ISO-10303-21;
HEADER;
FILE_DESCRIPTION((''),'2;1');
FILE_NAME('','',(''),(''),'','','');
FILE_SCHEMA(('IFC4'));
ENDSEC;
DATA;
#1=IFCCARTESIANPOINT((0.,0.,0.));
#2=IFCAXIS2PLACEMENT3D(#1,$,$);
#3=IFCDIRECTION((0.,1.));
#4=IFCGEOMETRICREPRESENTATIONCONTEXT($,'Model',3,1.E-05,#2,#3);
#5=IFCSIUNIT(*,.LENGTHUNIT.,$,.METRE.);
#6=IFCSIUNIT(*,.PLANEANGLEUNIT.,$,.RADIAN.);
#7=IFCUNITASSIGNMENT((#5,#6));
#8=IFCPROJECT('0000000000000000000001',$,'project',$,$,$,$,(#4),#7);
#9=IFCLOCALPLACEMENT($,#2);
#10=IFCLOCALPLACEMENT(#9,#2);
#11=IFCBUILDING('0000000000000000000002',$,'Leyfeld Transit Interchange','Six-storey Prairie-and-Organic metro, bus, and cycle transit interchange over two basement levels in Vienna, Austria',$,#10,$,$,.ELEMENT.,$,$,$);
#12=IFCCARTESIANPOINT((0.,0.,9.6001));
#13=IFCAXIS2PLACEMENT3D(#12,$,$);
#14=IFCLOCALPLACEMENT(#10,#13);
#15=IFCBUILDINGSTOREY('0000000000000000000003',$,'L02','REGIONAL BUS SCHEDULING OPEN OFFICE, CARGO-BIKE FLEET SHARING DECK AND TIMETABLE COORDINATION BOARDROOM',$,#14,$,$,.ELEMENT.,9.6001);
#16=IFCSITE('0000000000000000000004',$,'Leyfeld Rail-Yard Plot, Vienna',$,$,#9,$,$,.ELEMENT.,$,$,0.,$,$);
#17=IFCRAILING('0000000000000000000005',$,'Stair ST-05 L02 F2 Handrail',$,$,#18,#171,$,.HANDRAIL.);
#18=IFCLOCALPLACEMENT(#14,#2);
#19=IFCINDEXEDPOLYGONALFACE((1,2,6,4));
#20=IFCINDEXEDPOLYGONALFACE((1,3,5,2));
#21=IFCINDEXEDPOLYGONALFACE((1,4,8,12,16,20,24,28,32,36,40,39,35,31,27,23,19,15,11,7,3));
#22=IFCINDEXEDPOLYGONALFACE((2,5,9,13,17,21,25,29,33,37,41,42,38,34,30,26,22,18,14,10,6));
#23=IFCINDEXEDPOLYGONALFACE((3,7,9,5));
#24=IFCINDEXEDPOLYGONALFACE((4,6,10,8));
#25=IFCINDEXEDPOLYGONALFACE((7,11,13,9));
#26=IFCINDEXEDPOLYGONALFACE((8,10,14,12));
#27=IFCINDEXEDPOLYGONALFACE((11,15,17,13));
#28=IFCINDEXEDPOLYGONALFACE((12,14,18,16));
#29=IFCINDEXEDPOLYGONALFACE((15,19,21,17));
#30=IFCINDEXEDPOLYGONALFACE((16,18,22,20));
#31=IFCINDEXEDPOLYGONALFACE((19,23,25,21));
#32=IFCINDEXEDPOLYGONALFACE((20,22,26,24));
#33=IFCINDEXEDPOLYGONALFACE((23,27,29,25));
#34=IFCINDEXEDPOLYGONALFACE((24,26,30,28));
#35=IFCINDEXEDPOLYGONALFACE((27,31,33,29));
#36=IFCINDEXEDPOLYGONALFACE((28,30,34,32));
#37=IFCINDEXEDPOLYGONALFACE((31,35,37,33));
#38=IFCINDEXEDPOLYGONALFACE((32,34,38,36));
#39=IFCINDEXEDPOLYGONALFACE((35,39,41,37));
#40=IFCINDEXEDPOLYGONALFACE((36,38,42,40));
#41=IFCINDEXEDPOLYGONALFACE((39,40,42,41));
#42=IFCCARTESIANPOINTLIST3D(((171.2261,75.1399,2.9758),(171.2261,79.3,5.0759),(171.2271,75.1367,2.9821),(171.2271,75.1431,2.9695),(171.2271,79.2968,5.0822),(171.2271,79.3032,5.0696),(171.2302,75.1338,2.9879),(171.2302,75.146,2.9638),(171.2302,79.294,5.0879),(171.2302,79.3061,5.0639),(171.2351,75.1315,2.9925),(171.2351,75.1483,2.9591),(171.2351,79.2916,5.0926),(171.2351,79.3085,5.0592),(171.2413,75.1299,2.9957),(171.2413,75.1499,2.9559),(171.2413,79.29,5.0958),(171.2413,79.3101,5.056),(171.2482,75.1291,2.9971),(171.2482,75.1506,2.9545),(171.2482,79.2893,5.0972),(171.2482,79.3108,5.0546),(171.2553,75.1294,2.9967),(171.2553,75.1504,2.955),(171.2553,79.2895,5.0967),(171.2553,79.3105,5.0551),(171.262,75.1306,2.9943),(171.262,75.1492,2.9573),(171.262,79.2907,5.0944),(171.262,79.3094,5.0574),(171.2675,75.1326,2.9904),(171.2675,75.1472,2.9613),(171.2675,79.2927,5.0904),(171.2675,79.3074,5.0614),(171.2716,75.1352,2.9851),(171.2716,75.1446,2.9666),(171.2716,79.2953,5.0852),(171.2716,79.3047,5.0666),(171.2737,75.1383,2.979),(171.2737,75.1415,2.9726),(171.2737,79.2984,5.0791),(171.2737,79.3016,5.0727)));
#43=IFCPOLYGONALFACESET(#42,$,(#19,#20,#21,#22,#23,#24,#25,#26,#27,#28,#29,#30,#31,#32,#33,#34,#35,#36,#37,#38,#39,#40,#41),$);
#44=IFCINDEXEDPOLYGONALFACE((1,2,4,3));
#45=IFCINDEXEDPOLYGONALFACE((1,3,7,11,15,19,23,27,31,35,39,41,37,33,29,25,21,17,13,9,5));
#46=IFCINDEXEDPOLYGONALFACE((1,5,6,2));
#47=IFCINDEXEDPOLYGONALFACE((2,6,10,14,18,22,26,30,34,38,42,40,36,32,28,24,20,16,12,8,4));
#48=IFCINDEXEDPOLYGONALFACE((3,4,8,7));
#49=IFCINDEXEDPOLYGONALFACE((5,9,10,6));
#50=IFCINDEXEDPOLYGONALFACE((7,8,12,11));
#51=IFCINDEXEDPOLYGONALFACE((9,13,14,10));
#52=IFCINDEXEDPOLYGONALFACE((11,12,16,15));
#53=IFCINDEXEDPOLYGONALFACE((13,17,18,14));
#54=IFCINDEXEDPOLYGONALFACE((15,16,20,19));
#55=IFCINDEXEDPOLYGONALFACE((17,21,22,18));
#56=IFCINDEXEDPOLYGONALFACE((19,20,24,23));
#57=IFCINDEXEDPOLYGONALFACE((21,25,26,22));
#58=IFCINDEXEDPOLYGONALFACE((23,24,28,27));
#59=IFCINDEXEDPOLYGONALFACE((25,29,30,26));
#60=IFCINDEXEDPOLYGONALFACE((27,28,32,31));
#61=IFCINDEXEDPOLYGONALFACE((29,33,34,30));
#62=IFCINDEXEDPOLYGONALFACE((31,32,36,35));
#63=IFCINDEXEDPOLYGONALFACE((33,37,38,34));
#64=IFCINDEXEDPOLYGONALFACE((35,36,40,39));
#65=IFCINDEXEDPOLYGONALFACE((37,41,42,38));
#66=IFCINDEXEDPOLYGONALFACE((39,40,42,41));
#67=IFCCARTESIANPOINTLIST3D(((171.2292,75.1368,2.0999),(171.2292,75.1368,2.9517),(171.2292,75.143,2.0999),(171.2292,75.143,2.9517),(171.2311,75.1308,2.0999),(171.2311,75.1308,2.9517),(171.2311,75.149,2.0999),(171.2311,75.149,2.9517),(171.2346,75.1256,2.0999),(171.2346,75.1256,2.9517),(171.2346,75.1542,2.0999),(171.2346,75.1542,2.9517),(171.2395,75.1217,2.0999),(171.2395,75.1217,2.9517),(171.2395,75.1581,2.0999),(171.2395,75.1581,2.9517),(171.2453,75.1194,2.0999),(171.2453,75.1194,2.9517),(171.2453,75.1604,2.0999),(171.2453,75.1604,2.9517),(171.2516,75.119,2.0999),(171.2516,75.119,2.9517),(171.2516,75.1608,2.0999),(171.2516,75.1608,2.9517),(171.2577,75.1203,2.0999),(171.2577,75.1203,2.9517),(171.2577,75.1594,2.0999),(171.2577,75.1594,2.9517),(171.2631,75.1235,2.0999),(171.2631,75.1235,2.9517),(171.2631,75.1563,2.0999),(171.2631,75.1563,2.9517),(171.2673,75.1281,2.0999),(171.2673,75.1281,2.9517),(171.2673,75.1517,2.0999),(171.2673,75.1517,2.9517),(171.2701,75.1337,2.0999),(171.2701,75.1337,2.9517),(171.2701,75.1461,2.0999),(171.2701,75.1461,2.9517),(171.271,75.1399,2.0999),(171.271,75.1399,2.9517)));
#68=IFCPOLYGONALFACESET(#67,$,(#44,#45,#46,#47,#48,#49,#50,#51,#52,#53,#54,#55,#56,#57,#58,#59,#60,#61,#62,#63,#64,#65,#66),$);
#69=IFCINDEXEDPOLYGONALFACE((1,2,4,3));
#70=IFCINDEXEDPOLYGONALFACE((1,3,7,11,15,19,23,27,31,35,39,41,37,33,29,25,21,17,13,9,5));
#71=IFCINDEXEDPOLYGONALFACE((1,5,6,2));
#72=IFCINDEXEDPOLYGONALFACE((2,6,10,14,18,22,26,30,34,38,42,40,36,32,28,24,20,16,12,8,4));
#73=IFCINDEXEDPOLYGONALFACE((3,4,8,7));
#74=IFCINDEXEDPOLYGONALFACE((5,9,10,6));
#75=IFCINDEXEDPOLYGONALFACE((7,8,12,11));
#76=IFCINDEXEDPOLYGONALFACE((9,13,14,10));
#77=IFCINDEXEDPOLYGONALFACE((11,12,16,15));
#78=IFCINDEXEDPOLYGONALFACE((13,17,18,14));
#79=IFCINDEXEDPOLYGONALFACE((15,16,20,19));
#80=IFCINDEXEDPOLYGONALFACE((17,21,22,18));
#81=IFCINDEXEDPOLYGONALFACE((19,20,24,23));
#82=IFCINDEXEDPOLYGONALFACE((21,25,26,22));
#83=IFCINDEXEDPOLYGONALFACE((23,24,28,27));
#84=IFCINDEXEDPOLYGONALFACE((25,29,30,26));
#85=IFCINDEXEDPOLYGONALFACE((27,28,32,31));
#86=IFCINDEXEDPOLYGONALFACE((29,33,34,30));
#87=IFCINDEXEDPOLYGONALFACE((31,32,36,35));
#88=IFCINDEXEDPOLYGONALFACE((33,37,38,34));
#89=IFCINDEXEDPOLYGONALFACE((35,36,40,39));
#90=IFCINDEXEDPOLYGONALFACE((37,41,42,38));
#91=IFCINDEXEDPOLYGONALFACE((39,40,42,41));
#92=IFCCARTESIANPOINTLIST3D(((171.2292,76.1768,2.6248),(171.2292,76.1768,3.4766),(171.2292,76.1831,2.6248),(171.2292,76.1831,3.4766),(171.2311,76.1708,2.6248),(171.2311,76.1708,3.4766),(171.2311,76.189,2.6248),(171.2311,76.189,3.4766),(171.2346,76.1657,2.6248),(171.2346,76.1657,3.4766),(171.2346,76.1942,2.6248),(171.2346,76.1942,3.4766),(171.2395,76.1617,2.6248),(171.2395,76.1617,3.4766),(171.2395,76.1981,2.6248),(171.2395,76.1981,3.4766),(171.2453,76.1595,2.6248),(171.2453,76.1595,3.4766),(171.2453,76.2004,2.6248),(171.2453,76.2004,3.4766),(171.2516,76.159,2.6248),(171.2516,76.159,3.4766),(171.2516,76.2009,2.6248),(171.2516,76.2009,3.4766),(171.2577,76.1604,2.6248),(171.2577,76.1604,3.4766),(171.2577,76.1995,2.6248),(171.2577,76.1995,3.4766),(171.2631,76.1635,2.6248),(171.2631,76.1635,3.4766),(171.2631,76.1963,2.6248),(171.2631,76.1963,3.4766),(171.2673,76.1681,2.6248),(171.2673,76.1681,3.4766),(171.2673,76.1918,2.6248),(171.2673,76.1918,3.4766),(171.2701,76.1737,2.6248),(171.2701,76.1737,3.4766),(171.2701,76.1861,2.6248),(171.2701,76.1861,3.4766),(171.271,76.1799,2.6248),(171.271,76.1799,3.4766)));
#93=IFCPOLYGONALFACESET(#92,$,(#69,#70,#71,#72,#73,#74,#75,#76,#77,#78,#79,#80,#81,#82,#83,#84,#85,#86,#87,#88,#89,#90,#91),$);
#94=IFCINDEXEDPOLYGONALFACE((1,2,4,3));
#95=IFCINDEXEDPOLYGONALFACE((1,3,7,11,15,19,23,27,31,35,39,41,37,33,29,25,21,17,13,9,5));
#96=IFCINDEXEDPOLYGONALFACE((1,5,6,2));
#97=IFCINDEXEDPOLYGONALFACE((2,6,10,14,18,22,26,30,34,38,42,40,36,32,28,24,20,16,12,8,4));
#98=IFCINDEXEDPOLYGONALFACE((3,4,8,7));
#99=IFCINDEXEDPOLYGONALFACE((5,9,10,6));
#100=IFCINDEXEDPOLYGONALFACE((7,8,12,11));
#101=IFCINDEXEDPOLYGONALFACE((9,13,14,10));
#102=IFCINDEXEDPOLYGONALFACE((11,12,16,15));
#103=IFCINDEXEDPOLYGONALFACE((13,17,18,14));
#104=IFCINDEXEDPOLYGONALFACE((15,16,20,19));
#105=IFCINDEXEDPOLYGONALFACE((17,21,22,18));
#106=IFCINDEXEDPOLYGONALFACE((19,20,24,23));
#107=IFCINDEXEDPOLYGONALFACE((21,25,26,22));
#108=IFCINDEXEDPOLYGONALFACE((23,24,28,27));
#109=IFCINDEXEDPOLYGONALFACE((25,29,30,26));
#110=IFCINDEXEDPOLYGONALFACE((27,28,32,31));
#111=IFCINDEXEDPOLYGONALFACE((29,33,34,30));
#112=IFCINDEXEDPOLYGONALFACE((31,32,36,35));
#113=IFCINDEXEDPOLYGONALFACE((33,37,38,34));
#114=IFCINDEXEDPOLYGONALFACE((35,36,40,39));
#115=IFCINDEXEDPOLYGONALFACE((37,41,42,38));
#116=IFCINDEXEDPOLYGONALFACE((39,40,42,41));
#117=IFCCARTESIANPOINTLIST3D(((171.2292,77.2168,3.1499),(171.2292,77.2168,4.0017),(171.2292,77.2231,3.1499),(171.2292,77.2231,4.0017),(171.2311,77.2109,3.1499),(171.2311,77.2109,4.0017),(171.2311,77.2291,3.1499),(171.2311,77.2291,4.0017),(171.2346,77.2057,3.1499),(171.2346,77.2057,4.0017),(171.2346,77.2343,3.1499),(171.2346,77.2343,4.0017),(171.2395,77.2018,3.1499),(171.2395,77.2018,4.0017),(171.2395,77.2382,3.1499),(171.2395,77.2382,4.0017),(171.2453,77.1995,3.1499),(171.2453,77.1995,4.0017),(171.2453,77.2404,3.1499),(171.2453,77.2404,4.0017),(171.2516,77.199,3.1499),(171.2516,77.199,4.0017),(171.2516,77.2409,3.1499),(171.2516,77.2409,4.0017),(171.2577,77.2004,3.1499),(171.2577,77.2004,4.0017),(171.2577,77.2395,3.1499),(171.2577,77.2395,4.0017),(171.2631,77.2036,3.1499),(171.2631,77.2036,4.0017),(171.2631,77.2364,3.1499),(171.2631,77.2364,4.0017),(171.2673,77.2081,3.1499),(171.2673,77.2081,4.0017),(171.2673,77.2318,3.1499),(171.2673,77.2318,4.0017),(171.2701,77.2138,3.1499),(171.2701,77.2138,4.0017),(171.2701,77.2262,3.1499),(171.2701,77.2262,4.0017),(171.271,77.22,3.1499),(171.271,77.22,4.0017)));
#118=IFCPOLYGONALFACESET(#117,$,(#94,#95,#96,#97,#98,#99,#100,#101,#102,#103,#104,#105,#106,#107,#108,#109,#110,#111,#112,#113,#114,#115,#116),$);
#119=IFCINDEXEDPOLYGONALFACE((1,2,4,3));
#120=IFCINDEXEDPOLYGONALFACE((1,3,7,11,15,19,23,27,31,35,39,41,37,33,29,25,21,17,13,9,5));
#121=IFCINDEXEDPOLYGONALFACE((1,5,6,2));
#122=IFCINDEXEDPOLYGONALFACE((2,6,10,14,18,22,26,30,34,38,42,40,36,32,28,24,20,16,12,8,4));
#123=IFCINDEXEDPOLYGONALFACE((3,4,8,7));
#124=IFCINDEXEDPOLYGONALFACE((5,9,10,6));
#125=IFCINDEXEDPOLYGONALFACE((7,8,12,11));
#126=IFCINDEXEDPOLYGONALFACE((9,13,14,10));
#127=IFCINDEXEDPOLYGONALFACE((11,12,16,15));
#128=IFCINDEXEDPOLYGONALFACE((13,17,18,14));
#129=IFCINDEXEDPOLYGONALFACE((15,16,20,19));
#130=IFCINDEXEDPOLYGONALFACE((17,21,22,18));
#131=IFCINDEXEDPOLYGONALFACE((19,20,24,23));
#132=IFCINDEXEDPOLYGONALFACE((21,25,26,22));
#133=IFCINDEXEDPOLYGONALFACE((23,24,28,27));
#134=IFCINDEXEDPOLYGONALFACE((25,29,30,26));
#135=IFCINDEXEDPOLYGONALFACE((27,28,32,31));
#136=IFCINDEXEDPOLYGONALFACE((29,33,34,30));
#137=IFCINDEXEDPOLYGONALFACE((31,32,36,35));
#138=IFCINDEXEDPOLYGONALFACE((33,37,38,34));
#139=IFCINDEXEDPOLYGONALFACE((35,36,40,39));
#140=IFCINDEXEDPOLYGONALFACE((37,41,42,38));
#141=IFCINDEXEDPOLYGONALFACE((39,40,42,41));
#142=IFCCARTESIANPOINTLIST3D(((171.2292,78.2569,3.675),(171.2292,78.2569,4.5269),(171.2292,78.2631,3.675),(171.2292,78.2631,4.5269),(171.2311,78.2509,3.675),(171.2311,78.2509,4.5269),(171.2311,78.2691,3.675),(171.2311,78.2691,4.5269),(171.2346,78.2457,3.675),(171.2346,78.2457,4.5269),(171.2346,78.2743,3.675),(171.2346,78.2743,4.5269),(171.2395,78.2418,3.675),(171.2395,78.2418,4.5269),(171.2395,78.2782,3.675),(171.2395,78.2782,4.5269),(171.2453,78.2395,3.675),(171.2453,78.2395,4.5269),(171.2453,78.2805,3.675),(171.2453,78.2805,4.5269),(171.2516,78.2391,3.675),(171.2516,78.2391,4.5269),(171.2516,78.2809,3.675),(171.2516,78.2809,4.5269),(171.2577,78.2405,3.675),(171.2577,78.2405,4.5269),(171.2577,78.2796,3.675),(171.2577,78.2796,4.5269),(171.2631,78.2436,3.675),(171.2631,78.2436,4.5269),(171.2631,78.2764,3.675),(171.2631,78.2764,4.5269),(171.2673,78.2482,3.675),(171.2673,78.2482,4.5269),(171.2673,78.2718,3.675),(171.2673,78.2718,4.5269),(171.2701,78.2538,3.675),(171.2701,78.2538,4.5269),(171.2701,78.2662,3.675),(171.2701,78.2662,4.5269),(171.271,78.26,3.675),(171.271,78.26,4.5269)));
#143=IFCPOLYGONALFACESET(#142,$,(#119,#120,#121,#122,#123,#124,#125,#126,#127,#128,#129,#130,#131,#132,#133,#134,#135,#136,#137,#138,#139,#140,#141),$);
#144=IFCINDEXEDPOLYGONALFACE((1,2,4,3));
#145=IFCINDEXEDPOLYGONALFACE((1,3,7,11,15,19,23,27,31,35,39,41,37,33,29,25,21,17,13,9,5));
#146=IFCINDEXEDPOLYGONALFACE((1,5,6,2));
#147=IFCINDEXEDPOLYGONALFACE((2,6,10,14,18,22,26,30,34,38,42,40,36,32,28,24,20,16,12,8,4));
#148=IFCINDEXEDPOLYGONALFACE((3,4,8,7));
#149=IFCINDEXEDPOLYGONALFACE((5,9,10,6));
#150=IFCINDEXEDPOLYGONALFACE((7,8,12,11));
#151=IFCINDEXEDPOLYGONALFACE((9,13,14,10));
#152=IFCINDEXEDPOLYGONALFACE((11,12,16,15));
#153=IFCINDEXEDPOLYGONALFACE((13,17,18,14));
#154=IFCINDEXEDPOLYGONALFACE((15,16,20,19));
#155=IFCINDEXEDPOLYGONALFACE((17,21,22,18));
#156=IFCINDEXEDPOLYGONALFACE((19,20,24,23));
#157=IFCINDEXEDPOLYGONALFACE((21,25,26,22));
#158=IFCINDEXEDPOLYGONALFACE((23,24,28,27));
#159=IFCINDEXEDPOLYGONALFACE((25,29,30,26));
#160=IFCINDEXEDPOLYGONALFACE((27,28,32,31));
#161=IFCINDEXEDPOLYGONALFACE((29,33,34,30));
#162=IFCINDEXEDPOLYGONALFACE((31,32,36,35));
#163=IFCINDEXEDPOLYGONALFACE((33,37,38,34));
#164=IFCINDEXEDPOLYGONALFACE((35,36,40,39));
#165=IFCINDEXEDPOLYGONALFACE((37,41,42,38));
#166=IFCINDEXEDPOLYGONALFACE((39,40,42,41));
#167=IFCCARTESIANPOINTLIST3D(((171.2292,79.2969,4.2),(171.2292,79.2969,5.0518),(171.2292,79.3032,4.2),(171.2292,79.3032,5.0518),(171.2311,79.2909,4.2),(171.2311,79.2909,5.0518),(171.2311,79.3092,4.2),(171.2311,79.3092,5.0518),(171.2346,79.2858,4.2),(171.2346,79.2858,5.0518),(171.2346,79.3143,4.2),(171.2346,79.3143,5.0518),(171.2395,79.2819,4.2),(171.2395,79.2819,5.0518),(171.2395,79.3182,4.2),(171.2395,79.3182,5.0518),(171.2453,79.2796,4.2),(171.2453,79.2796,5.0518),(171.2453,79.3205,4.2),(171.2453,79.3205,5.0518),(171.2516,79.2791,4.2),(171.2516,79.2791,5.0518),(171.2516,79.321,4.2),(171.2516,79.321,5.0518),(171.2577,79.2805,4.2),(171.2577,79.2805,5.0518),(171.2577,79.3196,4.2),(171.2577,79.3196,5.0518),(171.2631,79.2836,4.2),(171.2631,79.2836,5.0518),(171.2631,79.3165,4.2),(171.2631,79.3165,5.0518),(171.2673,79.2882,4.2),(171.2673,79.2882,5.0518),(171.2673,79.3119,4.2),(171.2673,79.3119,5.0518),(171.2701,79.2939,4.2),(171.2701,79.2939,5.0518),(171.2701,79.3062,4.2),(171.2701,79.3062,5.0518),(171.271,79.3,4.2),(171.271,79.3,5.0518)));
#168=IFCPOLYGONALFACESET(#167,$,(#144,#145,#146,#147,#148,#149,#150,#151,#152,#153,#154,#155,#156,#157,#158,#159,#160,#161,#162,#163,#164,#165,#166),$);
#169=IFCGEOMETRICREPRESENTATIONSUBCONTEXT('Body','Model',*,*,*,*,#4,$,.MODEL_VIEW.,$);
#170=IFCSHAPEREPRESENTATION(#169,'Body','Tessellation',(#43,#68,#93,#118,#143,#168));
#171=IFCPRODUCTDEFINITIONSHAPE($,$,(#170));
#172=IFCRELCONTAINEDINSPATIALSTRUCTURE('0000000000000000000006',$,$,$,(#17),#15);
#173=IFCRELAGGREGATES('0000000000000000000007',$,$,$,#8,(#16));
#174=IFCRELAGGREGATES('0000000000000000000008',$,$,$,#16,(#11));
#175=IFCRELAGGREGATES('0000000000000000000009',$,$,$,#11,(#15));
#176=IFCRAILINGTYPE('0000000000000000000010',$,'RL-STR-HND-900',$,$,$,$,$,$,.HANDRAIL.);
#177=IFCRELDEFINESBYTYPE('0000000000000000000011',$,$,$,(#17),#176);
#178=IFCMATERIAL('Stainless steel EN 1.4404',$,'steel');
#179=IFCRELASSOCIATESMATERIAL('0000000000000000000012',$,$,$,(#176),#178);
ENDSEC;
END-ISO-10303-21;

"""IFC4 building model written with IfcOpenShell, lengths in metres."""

from ifc_helpers import new_model, si_unit, direction, frame, origin, origin_2d, place, context, subcontext, project, spatial, circle, extrude, material, type_object, element, save


model = new_model("IFC4")

# Units and contexts
model_context = context("Model", 3, precision=1e-05, world=origin(), true_north=direction((0.0, 1.0)))
body_context = subcontext(model_context, "Body", "Model", "MODEL_VIEW")
ifc_project = project(units=[si_unit("LENGTHUNIT", "METRE"), si_unit("PLANEANGLEUNIT", "RADIAN")], contexts=[model_context])

# Site, building, storey
site_placement = place(None, origin())
site = spatial("IfcSite", under=ifc_project, at=site_placement, Name="Leyfeld Rail-Yard Plot, Vienna", CompositionType="ELEMENT", RefElevation=0.0)
building_placement = place(site_placement, origin())
building = spatial("IfcBuilding", under=site, at=building_placement, Name="Leyfeld Transit Interchange", Description="Six-storey Prairie-and-Organic metro, bus, and cycle transit interchange over two basement levels in Vienna, Austria", CompositionType="ELEMENT")
storey_placement = place(building_placement, frame((0.0, 0.0, 9.6001)))
storey = spatial("IfcBuildingStorey", under=building, at=storey_placement, Name="L02", Description="REGIONAL BUS SCHEDULING OPEN OFFICE, CARGO-BIKE FLEET SHARING DECK AND TIMETABLE COORDINATION BOARDROOM", CompositionType="ELEMENT", Elevation=9.6001)

# Railing
ifc_material_1 = material(Name="Stainless steel EN 1.4404", Category="steel")
railing_type_1 = type_object("IfcRailingType", Name="RL-STR-HND-900", PredefinedType="HANDRAIL", material=ifc_material_1)
railing_1_placement = place(storey_placement, frame((171.25, 75.1399, 2.0999)))
element("IfcRailing", 1, at=railing_1_placement, inside=storey, type_object=railing_type_1, Name="Stair ST-05 L02 F2 Handrail", PredefinedType="HANDRAIL", context=body_context, shape_type="SweptSolid", body=[
    extrude(circle(Radius=0.0239, at=origin_2d()), frame((0.0, 0.0, 0.876), z_axis=(0.0, 0.892702, 0.450647), x_axis=(-1.0, 0.0, 0.0)), (0.0, 0.0, 1.0), 4.6602),
    extrude(circle(Radius=0.021, at=origin_2d()), origin(), (0.0, 0.0, 1.0), 0.8518),
    extrude(circle(Radius=0.021, at=origin_2d()), frame((0.0, 1.04, 0.5249)), (0.0, 0.0, 1.0), 0.8518),
    extrude(circle(Radius=0.021, at=origin_2d()), frame((0.0, 2.0801, 1.05)), (0.0, 0.0, 1.0), 0.8518),
    extrude(circle(Radius=0.021, at=origin_2d()), frame((0.0, 3.1201, 1.5752)), (0.0, 0.0, 1.0), 0.8518),
    extrude(circle(Radius=0.021, at=origin_2d()), frame((0.0, 4.1602, 2.1001)), (0.0, 0.0, 1.0), 0.8518),
])

save(model, "model.ifc")
